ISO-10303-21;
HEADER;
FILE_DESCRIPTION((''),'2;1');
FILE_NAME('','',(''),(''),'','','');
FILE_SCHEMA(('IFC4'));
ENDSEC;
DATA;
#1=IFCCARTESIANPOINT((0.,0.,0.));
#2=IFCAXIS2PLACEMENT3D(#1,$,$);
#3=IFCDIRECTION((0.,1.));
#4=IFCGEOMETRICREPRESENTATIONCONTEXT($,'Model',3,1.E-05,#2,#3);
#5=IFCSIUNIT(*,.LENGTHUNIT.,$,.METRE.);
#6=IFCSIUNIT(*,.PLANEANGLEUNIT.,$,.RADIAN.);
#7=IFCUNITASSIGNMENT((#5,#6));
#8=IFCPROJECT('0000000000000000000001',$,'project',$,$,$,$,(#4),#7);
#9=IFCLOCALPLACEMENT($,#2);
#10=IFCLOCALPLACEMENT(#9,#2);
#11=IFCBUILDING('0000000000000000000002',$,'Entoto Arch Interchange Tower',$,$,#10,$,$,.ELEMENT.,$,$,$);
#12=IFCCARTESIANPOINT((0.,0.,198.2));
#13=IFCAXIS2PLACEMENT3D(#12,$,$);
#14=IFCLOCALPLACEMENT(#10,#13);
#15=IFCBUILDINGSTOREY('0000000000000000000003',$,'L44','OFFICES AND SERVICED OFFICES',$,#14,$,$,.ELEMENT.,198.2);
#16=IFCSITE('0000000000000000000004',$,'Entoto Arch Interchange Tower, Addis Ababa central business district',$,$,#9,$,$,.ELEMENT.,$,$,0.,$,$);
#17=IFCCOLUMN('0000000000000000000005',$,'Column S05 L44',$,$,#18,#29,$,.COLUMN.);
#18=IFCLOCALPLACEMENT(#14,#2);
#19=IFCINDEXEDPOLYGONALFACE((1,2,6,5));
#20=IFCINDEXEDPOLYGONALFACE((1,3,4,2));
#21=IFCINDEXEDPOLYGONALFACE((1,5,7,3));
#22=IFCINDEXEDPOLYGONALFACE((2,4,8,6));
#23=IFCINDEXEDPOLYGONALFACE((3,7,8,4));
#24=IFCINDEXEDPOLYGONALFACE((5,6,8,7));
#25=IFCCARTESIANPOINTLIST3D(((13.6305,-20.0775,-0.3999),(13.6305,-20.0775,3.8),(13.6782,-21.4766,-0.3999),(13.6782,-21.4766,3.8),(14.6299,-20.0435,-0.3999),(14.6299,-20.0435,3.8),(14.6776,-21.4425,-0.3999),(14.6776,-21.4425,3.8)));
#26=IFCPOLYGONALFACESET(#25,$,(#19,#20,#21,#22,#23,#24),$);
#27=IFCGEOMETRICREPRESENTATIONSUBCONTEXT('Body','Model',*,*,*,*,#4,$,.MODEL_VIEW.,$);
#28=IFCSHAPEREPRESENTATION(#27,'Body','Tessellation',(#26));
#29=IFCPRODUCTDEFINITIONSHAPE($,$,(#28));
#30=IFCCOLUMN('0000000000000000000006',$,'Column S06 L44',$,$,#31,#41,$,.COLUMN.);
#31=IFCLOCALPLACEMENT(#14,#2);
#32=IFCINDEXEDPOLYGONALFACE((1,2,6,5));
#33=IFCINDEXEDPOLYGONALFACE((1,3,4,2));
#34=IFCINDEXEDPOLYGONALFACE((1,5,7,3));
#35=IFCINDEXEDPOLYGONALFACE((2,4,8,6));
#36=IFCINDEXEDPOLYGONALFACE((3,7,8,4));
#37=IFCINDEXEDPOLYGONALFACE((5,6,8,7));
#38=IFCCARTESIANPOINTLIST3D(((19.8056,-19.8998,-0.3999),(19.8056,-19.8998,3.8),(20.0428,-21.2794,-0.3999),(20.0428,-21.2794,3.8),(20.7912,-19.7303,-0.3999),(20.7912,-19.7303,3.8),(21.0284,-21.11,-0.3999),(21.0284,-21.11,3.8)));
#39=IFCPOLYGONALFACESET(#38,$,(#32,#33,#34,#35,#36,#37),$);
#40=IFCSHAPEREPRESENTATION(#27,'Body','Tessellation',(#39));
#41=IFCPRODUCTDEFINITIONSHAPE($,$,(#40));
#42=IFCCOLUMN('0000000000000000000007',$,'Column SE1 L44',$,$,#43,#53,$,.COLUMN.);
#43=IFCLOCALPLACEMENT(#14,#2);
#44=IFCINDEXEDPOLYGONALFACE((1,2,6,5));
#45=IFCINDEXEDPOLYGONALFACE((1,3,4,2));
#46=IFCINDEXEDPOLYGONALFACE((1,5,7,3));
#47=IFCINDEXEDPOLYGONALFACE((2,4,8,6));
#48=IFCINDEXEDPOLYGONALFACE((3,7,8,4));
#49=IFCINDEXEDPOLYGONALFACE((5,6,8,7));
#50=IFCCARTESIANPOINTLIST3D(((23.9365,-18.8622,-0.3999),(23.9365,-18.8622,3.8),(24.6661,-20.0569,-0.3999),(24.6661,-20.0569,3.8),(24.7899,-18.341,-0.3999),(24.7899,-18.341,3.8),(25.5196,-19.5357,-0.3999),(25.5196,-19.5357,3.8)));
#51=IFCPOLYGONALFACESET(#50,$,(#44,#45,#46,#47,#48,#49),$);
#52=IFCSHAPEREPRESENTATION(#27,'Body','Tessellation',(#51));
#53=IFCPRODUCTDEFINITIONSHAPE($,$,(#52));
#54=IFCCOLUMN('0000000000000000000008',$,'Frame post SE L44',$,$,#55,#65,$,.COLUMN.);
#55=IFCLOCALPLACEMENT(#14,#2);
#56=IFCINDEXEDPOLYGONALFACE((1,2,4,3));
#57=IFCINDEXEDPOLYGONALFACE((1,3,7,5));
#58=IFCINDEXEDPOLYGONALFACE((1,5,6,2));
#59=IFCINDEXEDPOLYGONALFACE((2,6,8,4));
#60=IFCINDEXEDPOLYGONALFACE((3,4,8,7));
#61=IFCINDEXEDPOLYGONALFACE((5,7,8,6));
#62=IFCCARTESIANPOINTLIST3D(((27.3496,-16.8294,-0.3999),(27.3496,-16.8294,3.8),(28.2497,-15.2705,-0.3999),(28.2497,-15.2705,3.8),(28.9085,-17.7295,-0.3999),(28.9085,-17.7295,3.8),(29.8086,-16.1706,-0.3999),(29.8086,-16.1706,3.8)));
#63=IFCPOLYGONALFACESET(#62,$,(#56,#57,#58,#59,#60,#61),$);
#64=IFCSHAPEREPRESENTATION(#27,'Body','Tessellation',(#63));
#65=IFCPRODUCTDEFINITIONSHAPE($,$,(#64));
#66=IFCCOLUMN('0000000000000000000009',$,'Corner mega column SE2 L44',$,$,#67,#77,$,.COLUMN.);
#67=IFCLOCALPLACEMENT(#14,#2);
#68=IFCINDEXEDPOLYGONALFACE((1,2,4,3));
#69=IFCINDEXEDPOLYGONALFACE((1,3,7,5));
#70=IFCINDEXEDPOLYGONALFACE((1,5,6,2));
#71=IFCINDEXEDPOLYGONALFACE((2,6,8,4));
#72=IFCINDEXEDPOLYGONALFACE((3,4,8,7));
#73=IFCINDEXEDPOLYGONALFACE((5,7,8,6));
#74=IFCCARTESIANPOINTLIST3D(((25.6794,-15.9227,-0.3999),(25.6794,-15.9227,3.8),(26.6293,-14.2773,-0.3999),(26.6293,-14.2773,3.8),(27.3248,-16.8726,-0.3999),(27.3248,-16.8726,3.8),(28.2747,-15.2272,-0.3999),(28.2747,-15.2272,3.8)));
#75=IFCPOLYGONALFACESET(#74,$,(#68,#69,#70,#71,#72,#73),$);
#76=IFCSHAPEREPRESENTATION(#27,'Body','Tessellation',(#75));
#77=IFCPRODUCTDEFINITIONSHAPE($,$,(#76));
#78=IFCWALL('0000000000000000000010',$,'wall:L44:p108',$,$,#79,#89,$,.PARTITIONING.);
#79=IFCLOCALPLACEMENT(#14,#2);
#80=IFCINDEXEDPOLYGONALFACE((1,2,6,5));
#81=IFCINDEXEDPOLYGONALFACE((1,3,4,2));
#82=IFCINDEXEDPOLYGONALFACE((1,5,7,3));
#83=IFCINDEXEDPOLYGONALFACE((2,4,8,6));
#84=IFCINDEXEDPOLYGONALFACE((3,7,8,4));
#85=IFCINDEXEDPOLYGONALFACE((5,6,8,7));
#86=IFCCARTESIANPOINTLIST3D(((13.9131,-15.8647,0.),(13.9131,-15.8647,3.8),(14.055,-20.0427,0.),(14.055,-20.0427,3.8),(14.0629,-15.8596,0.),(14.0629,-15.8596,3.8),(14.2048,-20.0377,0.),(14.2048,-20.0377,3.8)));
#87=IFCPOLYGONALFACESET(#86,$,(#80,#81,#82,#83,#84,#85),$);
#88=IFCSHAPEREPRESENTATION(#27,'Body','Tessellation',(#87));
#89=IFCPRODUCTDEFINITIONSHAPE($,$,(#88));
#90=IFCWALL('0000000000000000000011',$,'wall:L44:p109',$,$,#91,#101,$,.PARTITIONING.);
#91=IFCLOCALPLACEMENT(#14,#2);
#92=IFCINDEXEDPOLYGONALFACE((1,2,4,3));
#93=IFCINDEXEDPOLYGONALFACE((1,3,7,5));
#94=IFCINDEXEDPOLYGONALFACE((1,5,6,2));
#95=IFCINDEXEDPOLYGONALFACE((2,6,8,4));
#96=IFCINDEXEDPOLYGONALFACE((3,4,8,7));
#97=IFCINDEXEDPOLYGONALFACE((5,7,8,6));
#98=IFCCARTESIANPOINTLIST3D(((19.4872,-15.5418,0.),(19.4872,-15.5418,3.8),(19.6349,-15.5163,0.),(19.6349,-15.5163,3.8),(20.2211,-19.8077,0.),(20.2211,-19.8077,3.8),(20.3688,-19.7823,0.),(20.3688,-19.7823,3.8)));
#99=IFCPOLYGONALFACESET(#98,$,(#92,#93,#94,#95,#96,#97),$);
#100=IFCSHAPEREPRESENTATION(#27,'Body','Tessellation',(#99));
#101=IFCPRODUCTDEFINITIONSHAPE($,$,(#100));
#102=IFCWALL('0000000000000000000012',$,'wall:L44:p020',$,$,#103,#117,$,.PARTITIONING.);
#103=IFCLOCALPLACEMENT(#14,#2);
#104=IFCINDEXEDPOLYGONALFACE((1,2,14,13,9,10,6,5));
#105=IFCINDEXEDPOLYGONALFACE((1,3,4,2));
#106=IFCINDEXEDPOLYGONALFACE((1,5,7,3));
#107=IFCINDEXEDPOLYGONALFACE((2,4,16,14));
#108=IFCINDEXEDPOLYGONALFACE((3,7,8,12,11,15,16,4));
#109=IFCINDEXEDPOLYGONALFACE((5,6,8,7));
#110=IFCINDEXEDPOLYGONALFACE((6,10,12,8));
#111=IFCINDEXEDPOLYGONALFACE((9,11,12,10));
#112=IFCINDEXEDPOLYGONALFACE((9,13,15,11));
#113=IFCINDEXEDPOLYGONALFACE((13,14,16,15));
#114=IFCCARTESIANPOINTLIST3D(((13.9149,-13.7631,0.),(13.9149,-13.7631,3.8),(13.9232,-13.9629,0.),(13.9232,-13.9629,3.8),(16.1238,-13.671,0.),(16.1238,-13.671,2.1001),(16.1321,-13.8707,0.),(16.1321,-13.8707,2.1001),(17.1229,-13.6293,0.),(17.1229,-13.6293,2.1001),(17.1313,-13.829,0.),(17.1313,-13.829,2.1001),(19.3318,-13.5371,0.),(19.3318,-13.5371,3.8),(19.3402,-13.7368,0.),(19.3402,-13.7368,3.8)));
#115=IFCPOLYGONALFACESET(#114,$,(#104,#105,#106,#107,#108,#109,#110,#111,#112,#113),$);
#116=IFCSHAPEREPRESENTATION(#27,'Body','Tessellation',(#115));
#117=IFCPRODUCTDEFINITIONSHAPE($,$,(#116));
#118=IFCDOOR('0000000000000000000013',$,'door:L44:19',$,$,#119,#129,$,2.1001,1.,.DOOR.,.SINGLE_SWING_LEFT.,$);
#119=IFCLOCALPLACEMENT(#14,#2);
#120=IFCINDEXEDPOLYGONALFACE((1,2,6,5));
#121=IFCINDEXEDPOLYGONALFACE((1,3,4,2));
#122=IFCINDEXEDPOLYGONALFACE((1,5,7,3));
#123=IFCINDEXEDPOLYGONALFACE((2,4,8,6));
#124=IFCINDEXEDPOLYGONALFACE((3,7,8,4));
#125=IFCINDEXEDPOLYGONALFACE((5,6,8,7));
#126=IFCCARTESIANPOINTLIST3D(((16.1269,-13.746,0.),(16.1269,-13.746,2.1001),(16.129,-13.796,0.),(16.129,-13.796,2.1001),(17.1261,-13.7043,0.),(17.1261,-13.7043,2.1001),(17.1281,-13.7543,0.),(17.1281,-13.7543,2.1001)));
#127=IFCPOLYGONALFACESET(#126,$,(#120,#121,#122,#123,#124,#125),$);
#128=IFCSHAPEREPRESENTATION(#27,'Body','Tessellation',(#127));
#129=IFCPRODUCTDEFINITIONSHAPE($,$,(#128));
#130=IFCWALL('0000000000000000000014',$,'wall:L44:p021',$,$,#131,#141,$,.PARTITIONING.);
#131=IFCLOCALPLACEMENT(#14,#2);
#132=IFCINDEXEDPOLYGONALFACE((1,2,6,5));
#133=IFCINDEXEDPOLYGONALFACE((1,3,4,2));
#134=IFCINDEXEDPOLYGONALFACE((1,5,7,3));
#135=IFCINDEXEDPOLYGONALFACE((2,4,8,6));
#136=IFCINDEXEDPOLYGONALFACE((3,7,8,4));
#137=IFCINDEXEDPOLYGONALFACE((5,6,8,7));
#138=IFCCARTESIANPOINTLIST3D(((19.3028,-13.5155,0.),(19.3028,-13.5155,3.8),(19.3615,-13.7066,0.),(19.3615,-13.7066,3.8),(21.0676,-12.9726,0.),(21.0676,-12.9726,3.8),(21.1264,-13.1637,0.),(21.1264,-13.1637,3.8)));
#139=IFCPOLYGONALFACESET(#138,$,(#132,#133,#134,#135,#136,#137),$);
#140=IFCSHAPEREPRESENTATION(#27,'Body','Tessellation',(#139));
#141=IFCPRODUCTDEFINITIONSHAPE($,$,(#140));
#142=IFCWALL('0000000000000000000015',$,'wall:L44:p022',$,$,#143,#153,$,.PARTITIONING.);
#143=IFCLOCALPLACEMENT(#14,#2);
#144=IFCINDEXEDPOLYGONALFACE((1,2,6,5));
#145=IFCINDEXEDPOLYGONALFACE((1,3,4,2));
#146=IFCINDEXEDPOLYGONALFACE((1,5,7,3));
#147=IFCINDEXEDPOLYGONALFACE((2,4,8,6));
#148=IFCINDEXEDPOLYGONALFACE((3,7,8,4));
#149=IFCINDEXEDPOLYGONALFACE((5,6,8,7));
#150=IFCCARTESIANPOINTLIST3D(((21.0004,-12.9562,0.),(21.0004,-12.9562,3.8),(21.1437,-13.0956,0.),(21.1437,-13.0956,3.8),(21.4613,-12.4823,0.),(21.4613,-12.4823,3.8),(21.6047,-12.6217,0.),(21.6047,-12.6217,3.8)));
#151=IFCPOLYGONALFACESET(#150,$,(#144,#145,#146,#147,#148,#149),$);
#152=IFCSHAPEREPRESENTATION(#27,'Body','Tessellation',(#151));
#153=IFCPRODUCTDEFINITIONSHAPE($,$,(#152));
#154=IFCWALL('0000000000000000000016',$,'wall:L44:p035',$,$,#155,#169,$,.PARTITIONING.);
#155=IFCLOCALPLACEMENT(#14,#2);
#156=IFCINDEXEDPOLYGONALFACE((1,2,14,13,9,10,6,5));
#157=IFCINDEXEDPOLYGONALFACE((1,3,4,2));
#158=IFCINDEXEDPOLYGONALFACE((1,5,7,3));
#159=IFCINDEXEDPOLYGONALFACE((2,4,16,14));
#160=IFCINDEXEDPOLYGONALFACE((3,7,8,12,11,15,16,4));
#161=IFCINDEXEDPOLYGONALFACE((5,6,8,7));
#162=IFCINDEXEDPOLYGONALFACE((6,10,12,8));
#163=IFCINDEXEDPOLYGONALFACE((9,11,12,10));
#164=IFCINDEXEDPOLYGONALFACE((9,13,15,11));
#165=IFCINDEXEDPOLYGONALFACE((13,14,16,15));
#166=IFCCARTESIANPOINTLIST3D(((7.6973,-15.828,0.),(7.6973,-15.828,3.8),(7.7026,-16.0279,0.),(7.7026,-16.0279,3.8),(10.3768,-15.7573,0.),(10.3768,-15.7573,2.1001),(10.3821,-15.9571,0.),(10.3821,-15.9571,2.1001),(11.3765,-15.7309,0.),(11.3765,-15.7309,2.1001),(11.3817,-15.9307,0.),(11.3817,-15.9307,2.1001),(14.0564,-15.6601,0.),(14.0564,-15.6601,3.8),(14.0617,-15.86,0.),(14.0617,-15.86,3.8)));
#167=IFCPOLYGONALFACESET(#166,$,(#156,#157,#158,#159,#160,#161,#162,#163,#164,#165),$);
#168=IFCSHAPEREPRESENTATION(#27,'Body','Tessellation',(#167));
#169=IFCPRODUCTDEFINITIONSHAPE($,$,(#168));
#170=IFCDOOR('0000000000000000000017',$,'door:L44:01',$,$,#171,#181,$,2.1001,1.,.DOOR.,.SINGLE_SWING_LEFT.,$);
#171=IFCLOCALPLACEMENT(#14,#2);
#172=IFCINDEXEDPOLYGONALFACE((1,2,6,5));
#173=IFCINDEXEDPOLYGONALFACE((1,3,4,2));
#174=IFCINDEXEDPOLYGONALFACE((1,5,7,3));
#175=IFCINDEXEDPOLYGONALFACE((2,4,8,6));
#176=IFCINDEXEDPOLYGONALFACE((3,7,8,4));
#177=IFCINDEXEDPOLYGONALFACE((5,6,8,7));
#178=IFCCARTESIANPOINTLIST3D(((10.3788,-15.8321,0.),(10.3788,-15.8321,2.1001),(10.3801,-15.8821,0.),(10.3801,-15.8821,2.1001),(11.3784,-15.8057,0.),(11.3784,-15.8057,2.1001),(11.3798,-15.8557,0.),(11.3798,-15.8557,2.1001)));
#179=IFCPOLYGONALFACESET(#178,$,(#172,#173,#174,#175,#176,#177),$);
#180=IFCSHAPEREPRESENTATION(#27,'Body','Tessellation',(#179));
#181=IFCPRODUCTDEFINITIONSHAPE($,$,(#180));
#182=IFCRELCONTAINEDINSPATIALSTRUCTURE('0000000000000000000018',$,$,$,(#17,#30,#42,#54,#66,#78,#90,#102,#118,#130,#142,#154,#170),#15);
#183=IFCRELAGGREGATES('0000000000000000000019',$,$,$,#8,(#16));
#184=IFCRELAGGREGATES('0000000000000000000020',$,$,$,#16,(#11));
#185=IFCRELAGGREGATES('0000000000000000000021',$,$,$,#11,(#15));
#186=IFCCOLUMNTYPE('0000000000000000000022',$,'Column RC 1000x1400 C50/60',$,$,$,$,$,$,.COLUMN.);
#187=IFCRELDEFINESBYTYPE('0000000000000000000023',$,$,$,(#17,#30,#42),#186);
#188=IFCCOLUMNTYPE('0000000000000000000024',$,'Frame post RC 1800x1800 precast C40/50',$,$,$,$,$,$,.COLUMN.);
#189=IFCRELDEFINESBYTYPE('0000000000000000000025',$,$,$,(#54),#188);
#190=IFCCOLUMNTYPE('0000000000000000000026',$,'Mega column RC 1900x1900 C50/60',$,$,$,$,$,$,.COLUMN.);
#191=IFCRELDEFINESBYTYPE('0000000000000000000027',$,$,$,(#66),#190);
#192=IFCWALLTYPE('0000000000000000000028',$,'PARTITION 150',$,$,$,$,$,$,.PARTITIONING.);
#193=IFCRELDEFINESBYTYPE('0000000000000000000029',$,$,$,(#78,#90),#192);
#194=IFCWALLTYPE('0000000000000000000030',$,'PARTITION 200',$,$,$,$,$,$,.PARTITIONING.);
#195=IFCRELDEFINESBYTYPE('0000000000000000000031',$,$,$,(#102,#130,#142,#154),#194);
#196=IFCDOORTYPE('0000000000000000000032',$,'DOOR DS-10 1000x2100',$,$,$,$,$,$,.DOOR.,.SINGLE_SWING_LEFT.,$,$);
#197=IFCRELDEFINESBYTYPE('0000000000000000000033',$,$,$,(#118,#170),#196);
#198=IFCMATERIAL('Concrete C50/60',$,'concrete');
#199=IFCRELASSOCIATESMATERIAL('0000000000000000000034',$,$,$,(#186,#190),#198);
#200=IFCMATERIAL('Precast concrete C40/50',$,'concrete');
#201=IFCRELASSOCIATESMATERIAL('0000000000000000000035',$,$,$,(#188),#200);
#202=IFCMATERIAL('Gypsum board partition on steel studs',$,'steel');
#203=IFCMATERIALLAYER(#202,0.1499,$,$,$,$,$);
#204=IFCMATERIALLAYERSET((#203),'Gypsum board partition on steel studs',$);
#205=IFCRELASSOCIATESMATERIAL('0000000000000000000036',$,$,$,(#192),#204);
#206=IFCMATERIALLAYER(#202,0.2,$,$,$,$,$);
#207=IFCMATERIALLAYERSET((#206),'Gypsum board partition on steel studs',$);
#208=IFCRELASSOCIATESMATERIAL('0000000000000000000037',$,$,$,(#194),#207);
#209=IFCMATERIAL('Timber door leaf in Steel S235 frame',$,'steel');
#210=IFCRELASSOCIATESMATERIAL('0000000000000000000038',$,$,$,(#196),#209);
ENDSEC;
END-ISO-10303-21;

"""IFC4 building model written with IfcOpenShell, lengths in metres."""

from ifc_helpers import new_model, si_unit, direction, frame, frame_2d, origin, origin_2d, place, context, subcontext, project, spatial, rectangle, extrude, material, layer, layer_set, material_profile, profile_set, type_object, element, fill, save


model = new_model("IFC4")

# Units and contexts
model_context = context("Model", 3, precision=1e-05, world=origin(), true_north=direction((0.0, 1.0)))
body_context = subcontext(model_context, "Body", "Model", "MODEL_VIEW")
ifc_project = project(units=[si_unit("LENGTHUNIT", "METRE"), si_unit("PLANEANGLEUNIT", "RADIAN")], contexts=[model_context])

# Site, building, storey
site_placement = place(None, origin())
site = spatial("IfcSite", under=ifc_project, at=site_placement, Name="Entoto Arch Interchange Tower, Addis Ababa central business district", CompositionType="ELEMENT", RefElevation=0.0)
building_placement = place(site_placement, origin())
building = spatial("IfcBuilding", under=site, at=building_placement, Name="Entoto Arch Interchange Tower", CompositionType="ELEMENT")
storey_placement = place(building_placement, frame((0.0, 0.0, 198.2)))
storey = spatial("IfcBuildingStorey", under=building, at=storey_placement, Name="L44", Description="OFFICES AND SERVICED OFFICES", CompositionType="ELEMENT", Elevation=198.2)

# Columns
ifc_material_1 = material(Name="Concrete C50/60", Category="concrete")
ifc_material_profile_1 = material_profile(ifc_material_1, rectangle(XDim=1.0, YDim=1.3999, at=origin_2d()))
ifc_profile_set_1 = profile_set([ifc_material_profile_1], Name="Concrete C50/60")
column_type_1 = type_object("IfcColumnType", Name="Column RC 1000x1400 C50/60", PredefinedType="COLUMN", material=ifc_profile_set_1)
for number, where, z_axis, x_axis, name in (
    (1, (14.1541, -20.76, -0.3999), (0.0, 0.0, 1.0), (0.999421, 0.034027, 0.0), "Column S05 L44"),
    (2, (20.417, -20.5049, -0.3999), (0.0, 0.0, 1.0), (0.985541, 0.169436, 0.0), "Column S06 L44"),
    (3, (24.728, -19.199, -0.3999), (0.0, 0.0, 1.0), (0.853423, 0.521218, 0.0), "Column SE1 L44"),
):
    element("IfcColumn", number, at=place(storey_placement, frame(where, z_axis=z_axis, x_axis=x_axis)), inside=storey, type_object=column_type_1, Name=name, PredefinedType="COLUMN", context=body_context, shape_type="SweptSolid", body=[
        extrude(rectangle(XDim=1.0, YDim=1.3999, at=origin_2d()), origin(), (0.0, 0.0, 1.0), 4.2),
    ])
ifc_material_2 = material(Name="Precast concrete C40/50", Category="concrete")
ifc_material_profile_2 = material_profile(ifc_material_2, rectangle(XDim=1.8, YDim=1.8, at=origin_2d()))
ifc_profile_set_2 = profile_set([ifc_material_profile_2], Name="Precast concrete C40/50")
column_type_2 = type_object("IfcColumnType", Name="Frame post RC 1800x1800 precast C40/50", PredefinedType="COLUMN", material=ifc_profile_set_2)
column_1_placement = place(storey_placement, frame((28.5791, -16.5, -0.3999), z_axis=(0.0, 0.0, 1.0), x_axis=(-0.866025, 0.5, 0.0)))
element("IfcColumn", 4, at=column_1_placement, inside=storey, type_object=column_type_2, Name="Frame post SE L44", PredefinedType="COLUMN", context=body_context, shape_type="SweptSolid", body=[
    extrude(rectangle(XDim=1.8, YDim=1.8, at=origin_2d()), origin(), (0.0, 0.0, 1.0), 4.2),
])
ifc_material_profile_3 = material_profile(ifc_material_1, rectangle(XDim=1.8999, YDim=1.8999, at=origin_2d()))
ifc_profile_set_3 = profile_set([ifc_material_profile_3], Name="Concrete C50/60")
column_type_3 = type_object("IfcColumnType", Name="Mega column RC 1900x1900 C50/60", PredefinedType="COLUMN", material=ifc_profile_set_3)
column_2_placement = place(storey_placement, frame((26.9771, -15.575, -0.3999), z_axis=(0.0, 0.0, 1.0), x_axis=(-0.866025, 0.5, 0.0)))
element("IfcColumn", 5, at=column_2_placement, inside=storey, type_object=column_type_3, Name="Corner mega column SE2 L44", PredefinedType="COLUMN", context=body_context, shape_type="SweptSolid", body=[
    extrude(rectangle(XDim=1.8999, YDim=1.8999, at=origin_2d()), origin(), (0.0, 0.0, 1.0), 4.2),
])

# Walls
ifc_material_3 = material(Name="Gypsum board partition on steel studs", Category="steel")
ifc_layer_1 = layer(ifc_material_3, 0.1499)
ifc_layer_set_1 = layer_set([ifc_layer_1], Name="Gypsum board partition on steel studs")
wall_type_1 = type_object("IfcWallType", Name="PARTITION 150", PredefinedType="PARTITIONING", material=ifc_layer_set_1)
wall_1_placement = place(storey_placement, frame((13.988, -15.8621, 0.0), z_axis=(0.0, 0.0, 1.0), x_axis=(0.033931, -0.999424, 0.0)))
element("IfcWall", 6, at=wall_1_placement, inside=storey, type_object=wall_type_1, Name="wall:L44:p108", PredefinedType="PARTITIONING", context=body_context, shape_type="SweptSolid", body=[
    extrude(rectangle(XDim=4.1804, YDim=0.1499, at=frame_2d((2.0903, 0.0))), origin(), (0.0, 0.0, 1.0), 3.8),
])
wall_2_placement = place(storey_placement, frame((19.561, -15.5291, 0.0), z_axis=(0.0, 0.0, 1.0), x_axis=(0.169546, -0.985522, 0.0)))
element("IfcWall", 7, at=wall_2_placement, inside=storey, type_object=wall_type_1, Name="wall:L44:p109", PredefinedType="PARTITIONING", context=body_context, shape_type="SweptSolid", body=[
    extrude(rectangle(XDim=4.3286, YDim=0.1499, at=frame_2d((2.1643, 0.0))), origin(), (0.0, 0.0, 1.0), 3.8),
])

# Wall, opening, door
ifc_layer_2 = layer(ifc_material_3, 0.2)
ifc_layer_set_2 = layer_set([ifc_layer_2], Name="Gypsum board partition on steel studs")
wall_type_2 = type_object("IfcWallType", Name="PARTITION 200", PredefinedType="PARTITIONING", material=ifc_layer_set_2)
wall_3_placement = place(storey_placement, frame((13.9189, -13.863, 0.0), z_axis=(0.0, 0.0, 1.0), x_axis=(0.99913, 0.041698, 0.0)))
wall_3 = element("IfcWall", 8, at=wall_3_placement, inside=storey, type_object=wall_type_2, Name="wall:L44:p020", PredefinedType="PARTITIONING", context=body_context, shape_type="SweptSolid", body=[
    extrude(rectangle(XDim=5.4216, YDim=0.2, at=frame_2d((2.7109, 0.0))), origin(), (0.0, 0.0, 1.0), 3.8),
])
opening_1_placement = place(wall_3_placement, frame((2.2109, 0.0, 0.0)))
opening_1 = element("IfcOpeningElement", 9, at=opening_1_placement, cuts=wall_3, PredefinedType="OPENING", context=body_context, shape_type="SweptSolid", body=[
    extrude(rectangle(XDim=1.0, YDim=2.1001, at=frame_2d((0.5, 1.05))), frame((0.0, 0.1099, 0.0), z_axis=(0.0, -1.0, 0.0), x_axis=(1.0, 0.0, 0.0)), (0.0, 0.0, 1.0), 0.22),
])
ifc_material_4 = material(Name="Timber door leaf in Steel S235 frame", Category="steel")
door_type = type_object("IfcDoorType", Name="DOOR DS-10 1000x2100", OperationType="SINGLE_SWING_LEFT", PredefinedType="DOOR", material=ifc_material_4)
door_1_placement = place(opening_1_placement, origin())
door_1 = element("IfcDoor", 10, at=door_1_placement, inside=storey, type_object=door_type, Name="door:L44:19", OperationType="SINGLE_SWING_LEFT", OverallHeight=2.1001, OverallWidth=1.0, PredefinedType="DOOR", context=body_context, shape_type="SweptSolid", body=[
    extrude(rectangle(XDim=1.0, YDim=2.1001, at=frame_2d((0.5, 1.05))), frame((0.0, 0.0249, 0.0), z_axis=(0.0, -1.0, 0.0), x_axis=(1.0, 0.0, 0.0)), (0.0, 0.0, 1.0), 0.05),
])
fill(opening_1, door_1)

# Walls
wall_4_placement = place(storey_placement, frame((19.332, -13.6111, 0.0), z_axis=(0.0, 0.0, 1.0), x_axis=(0.95579, 0.294049, 0.0)))
element("IfcWall", 11, at=wall_4_placement, inside=storey, type_object=wall_type_2, Name="wall:L44:p021", PredefinedType="PARTITIONING", context=body_context, shape_type="SweptSolid", body=[
    extrude(rectangle(XDim=1.8464, YDim=0.2, at=frame_2d((0.9233, 0.0))), origin(), (0.0, 0.0, 1.0), 3.8),
])
wall_5_placement = place(storey_placement, frame((21.072, -13.0259, 0.0), z_axis=(0.0, 0.0, 1.0), x_axis=(0.697252, 0.716826, 0.0)))
element("IfcWall", 12, at=wall_5_placement, inside=storey, type_object=wall_type_2, Name="wall:L44:p022", PredefinedType="PARTITIONING", context=body_context, shape_type="SweptSolid", body=[
    extrude(rectangle(XDim=0.6611, YDim=0.2, at=frame_2d((0.3306, 0.0))), origin(), (0.0, 0.0, 1.0), 3.8),
])

# Wall, opening, door
wall_6_placement = place(storey_placement, frame((14.0591, -15.76, 0.0), z_axis=(0.0, 0.0, 1.0), x_axis=(-0.999651, -0.026405, 0.0)))
wall_6 = element("IfcWall", 13, at=wall_6_placement, inside=storey, type_object=wall_type_2, Name="wall:L44:p035", PredefinedType="PARTITIONING", context=body_context, shape_type="SweptSolid", body=[
    extrude(rectangle(XDim=6.3613, YDim=0.2, at=frame_2d((3.1807, 0.0))), origin(), (0.0, 0.0, 1.0), 3.8),
])
opening_2_placement = place(wall_6_placement, frame((2.6809, 0.0, 0.0)))
opening_2 = element("IfcOpeningElement", 14, at=opening_2_placement, cuts=wall_6, PredefinedType="OPENING", context=body_context, shape_type="SweptSolid", body=[
    extrude(rectangle(XDim=1.0, YDim=2.1001, at=frame_2d((0.5, 1.05))), frame((0.0, 0.1099, 0.0), z_axis=(0.0, -1.0, 0.0), x_axis=(1.0, 0.0, 0.0)), (0.0, 0.0, 1.0), 0.22),
])
door_2_placement = place(opening_2_placement, origin())
door_2 = element("IfcDoor", 15, at=door_2_placement, inside=storey, type_object=door_type, Name="door:L44:01", OperationType="SINGLE_SWING_LEFT", OverallHeight=2.1001, OverallWidth=1.0, PredefinedType="DOOR", context=body_context, shape_type="SweptSolid", body=[
    extrude(rectangle(XDim=1.0, YDim=2.1001, at=frame_2d((0.5, 1.05))), frame((0.0, 0.0249, 0.0), z_axis=(0.0, -1.0, 0.0), x_axis=(1.0, 0.0, 0.0)), (0.0, 0.0, 1.0), 0.05),
])
fill(opening_2, door_2)

save(model, "model.ifc")
